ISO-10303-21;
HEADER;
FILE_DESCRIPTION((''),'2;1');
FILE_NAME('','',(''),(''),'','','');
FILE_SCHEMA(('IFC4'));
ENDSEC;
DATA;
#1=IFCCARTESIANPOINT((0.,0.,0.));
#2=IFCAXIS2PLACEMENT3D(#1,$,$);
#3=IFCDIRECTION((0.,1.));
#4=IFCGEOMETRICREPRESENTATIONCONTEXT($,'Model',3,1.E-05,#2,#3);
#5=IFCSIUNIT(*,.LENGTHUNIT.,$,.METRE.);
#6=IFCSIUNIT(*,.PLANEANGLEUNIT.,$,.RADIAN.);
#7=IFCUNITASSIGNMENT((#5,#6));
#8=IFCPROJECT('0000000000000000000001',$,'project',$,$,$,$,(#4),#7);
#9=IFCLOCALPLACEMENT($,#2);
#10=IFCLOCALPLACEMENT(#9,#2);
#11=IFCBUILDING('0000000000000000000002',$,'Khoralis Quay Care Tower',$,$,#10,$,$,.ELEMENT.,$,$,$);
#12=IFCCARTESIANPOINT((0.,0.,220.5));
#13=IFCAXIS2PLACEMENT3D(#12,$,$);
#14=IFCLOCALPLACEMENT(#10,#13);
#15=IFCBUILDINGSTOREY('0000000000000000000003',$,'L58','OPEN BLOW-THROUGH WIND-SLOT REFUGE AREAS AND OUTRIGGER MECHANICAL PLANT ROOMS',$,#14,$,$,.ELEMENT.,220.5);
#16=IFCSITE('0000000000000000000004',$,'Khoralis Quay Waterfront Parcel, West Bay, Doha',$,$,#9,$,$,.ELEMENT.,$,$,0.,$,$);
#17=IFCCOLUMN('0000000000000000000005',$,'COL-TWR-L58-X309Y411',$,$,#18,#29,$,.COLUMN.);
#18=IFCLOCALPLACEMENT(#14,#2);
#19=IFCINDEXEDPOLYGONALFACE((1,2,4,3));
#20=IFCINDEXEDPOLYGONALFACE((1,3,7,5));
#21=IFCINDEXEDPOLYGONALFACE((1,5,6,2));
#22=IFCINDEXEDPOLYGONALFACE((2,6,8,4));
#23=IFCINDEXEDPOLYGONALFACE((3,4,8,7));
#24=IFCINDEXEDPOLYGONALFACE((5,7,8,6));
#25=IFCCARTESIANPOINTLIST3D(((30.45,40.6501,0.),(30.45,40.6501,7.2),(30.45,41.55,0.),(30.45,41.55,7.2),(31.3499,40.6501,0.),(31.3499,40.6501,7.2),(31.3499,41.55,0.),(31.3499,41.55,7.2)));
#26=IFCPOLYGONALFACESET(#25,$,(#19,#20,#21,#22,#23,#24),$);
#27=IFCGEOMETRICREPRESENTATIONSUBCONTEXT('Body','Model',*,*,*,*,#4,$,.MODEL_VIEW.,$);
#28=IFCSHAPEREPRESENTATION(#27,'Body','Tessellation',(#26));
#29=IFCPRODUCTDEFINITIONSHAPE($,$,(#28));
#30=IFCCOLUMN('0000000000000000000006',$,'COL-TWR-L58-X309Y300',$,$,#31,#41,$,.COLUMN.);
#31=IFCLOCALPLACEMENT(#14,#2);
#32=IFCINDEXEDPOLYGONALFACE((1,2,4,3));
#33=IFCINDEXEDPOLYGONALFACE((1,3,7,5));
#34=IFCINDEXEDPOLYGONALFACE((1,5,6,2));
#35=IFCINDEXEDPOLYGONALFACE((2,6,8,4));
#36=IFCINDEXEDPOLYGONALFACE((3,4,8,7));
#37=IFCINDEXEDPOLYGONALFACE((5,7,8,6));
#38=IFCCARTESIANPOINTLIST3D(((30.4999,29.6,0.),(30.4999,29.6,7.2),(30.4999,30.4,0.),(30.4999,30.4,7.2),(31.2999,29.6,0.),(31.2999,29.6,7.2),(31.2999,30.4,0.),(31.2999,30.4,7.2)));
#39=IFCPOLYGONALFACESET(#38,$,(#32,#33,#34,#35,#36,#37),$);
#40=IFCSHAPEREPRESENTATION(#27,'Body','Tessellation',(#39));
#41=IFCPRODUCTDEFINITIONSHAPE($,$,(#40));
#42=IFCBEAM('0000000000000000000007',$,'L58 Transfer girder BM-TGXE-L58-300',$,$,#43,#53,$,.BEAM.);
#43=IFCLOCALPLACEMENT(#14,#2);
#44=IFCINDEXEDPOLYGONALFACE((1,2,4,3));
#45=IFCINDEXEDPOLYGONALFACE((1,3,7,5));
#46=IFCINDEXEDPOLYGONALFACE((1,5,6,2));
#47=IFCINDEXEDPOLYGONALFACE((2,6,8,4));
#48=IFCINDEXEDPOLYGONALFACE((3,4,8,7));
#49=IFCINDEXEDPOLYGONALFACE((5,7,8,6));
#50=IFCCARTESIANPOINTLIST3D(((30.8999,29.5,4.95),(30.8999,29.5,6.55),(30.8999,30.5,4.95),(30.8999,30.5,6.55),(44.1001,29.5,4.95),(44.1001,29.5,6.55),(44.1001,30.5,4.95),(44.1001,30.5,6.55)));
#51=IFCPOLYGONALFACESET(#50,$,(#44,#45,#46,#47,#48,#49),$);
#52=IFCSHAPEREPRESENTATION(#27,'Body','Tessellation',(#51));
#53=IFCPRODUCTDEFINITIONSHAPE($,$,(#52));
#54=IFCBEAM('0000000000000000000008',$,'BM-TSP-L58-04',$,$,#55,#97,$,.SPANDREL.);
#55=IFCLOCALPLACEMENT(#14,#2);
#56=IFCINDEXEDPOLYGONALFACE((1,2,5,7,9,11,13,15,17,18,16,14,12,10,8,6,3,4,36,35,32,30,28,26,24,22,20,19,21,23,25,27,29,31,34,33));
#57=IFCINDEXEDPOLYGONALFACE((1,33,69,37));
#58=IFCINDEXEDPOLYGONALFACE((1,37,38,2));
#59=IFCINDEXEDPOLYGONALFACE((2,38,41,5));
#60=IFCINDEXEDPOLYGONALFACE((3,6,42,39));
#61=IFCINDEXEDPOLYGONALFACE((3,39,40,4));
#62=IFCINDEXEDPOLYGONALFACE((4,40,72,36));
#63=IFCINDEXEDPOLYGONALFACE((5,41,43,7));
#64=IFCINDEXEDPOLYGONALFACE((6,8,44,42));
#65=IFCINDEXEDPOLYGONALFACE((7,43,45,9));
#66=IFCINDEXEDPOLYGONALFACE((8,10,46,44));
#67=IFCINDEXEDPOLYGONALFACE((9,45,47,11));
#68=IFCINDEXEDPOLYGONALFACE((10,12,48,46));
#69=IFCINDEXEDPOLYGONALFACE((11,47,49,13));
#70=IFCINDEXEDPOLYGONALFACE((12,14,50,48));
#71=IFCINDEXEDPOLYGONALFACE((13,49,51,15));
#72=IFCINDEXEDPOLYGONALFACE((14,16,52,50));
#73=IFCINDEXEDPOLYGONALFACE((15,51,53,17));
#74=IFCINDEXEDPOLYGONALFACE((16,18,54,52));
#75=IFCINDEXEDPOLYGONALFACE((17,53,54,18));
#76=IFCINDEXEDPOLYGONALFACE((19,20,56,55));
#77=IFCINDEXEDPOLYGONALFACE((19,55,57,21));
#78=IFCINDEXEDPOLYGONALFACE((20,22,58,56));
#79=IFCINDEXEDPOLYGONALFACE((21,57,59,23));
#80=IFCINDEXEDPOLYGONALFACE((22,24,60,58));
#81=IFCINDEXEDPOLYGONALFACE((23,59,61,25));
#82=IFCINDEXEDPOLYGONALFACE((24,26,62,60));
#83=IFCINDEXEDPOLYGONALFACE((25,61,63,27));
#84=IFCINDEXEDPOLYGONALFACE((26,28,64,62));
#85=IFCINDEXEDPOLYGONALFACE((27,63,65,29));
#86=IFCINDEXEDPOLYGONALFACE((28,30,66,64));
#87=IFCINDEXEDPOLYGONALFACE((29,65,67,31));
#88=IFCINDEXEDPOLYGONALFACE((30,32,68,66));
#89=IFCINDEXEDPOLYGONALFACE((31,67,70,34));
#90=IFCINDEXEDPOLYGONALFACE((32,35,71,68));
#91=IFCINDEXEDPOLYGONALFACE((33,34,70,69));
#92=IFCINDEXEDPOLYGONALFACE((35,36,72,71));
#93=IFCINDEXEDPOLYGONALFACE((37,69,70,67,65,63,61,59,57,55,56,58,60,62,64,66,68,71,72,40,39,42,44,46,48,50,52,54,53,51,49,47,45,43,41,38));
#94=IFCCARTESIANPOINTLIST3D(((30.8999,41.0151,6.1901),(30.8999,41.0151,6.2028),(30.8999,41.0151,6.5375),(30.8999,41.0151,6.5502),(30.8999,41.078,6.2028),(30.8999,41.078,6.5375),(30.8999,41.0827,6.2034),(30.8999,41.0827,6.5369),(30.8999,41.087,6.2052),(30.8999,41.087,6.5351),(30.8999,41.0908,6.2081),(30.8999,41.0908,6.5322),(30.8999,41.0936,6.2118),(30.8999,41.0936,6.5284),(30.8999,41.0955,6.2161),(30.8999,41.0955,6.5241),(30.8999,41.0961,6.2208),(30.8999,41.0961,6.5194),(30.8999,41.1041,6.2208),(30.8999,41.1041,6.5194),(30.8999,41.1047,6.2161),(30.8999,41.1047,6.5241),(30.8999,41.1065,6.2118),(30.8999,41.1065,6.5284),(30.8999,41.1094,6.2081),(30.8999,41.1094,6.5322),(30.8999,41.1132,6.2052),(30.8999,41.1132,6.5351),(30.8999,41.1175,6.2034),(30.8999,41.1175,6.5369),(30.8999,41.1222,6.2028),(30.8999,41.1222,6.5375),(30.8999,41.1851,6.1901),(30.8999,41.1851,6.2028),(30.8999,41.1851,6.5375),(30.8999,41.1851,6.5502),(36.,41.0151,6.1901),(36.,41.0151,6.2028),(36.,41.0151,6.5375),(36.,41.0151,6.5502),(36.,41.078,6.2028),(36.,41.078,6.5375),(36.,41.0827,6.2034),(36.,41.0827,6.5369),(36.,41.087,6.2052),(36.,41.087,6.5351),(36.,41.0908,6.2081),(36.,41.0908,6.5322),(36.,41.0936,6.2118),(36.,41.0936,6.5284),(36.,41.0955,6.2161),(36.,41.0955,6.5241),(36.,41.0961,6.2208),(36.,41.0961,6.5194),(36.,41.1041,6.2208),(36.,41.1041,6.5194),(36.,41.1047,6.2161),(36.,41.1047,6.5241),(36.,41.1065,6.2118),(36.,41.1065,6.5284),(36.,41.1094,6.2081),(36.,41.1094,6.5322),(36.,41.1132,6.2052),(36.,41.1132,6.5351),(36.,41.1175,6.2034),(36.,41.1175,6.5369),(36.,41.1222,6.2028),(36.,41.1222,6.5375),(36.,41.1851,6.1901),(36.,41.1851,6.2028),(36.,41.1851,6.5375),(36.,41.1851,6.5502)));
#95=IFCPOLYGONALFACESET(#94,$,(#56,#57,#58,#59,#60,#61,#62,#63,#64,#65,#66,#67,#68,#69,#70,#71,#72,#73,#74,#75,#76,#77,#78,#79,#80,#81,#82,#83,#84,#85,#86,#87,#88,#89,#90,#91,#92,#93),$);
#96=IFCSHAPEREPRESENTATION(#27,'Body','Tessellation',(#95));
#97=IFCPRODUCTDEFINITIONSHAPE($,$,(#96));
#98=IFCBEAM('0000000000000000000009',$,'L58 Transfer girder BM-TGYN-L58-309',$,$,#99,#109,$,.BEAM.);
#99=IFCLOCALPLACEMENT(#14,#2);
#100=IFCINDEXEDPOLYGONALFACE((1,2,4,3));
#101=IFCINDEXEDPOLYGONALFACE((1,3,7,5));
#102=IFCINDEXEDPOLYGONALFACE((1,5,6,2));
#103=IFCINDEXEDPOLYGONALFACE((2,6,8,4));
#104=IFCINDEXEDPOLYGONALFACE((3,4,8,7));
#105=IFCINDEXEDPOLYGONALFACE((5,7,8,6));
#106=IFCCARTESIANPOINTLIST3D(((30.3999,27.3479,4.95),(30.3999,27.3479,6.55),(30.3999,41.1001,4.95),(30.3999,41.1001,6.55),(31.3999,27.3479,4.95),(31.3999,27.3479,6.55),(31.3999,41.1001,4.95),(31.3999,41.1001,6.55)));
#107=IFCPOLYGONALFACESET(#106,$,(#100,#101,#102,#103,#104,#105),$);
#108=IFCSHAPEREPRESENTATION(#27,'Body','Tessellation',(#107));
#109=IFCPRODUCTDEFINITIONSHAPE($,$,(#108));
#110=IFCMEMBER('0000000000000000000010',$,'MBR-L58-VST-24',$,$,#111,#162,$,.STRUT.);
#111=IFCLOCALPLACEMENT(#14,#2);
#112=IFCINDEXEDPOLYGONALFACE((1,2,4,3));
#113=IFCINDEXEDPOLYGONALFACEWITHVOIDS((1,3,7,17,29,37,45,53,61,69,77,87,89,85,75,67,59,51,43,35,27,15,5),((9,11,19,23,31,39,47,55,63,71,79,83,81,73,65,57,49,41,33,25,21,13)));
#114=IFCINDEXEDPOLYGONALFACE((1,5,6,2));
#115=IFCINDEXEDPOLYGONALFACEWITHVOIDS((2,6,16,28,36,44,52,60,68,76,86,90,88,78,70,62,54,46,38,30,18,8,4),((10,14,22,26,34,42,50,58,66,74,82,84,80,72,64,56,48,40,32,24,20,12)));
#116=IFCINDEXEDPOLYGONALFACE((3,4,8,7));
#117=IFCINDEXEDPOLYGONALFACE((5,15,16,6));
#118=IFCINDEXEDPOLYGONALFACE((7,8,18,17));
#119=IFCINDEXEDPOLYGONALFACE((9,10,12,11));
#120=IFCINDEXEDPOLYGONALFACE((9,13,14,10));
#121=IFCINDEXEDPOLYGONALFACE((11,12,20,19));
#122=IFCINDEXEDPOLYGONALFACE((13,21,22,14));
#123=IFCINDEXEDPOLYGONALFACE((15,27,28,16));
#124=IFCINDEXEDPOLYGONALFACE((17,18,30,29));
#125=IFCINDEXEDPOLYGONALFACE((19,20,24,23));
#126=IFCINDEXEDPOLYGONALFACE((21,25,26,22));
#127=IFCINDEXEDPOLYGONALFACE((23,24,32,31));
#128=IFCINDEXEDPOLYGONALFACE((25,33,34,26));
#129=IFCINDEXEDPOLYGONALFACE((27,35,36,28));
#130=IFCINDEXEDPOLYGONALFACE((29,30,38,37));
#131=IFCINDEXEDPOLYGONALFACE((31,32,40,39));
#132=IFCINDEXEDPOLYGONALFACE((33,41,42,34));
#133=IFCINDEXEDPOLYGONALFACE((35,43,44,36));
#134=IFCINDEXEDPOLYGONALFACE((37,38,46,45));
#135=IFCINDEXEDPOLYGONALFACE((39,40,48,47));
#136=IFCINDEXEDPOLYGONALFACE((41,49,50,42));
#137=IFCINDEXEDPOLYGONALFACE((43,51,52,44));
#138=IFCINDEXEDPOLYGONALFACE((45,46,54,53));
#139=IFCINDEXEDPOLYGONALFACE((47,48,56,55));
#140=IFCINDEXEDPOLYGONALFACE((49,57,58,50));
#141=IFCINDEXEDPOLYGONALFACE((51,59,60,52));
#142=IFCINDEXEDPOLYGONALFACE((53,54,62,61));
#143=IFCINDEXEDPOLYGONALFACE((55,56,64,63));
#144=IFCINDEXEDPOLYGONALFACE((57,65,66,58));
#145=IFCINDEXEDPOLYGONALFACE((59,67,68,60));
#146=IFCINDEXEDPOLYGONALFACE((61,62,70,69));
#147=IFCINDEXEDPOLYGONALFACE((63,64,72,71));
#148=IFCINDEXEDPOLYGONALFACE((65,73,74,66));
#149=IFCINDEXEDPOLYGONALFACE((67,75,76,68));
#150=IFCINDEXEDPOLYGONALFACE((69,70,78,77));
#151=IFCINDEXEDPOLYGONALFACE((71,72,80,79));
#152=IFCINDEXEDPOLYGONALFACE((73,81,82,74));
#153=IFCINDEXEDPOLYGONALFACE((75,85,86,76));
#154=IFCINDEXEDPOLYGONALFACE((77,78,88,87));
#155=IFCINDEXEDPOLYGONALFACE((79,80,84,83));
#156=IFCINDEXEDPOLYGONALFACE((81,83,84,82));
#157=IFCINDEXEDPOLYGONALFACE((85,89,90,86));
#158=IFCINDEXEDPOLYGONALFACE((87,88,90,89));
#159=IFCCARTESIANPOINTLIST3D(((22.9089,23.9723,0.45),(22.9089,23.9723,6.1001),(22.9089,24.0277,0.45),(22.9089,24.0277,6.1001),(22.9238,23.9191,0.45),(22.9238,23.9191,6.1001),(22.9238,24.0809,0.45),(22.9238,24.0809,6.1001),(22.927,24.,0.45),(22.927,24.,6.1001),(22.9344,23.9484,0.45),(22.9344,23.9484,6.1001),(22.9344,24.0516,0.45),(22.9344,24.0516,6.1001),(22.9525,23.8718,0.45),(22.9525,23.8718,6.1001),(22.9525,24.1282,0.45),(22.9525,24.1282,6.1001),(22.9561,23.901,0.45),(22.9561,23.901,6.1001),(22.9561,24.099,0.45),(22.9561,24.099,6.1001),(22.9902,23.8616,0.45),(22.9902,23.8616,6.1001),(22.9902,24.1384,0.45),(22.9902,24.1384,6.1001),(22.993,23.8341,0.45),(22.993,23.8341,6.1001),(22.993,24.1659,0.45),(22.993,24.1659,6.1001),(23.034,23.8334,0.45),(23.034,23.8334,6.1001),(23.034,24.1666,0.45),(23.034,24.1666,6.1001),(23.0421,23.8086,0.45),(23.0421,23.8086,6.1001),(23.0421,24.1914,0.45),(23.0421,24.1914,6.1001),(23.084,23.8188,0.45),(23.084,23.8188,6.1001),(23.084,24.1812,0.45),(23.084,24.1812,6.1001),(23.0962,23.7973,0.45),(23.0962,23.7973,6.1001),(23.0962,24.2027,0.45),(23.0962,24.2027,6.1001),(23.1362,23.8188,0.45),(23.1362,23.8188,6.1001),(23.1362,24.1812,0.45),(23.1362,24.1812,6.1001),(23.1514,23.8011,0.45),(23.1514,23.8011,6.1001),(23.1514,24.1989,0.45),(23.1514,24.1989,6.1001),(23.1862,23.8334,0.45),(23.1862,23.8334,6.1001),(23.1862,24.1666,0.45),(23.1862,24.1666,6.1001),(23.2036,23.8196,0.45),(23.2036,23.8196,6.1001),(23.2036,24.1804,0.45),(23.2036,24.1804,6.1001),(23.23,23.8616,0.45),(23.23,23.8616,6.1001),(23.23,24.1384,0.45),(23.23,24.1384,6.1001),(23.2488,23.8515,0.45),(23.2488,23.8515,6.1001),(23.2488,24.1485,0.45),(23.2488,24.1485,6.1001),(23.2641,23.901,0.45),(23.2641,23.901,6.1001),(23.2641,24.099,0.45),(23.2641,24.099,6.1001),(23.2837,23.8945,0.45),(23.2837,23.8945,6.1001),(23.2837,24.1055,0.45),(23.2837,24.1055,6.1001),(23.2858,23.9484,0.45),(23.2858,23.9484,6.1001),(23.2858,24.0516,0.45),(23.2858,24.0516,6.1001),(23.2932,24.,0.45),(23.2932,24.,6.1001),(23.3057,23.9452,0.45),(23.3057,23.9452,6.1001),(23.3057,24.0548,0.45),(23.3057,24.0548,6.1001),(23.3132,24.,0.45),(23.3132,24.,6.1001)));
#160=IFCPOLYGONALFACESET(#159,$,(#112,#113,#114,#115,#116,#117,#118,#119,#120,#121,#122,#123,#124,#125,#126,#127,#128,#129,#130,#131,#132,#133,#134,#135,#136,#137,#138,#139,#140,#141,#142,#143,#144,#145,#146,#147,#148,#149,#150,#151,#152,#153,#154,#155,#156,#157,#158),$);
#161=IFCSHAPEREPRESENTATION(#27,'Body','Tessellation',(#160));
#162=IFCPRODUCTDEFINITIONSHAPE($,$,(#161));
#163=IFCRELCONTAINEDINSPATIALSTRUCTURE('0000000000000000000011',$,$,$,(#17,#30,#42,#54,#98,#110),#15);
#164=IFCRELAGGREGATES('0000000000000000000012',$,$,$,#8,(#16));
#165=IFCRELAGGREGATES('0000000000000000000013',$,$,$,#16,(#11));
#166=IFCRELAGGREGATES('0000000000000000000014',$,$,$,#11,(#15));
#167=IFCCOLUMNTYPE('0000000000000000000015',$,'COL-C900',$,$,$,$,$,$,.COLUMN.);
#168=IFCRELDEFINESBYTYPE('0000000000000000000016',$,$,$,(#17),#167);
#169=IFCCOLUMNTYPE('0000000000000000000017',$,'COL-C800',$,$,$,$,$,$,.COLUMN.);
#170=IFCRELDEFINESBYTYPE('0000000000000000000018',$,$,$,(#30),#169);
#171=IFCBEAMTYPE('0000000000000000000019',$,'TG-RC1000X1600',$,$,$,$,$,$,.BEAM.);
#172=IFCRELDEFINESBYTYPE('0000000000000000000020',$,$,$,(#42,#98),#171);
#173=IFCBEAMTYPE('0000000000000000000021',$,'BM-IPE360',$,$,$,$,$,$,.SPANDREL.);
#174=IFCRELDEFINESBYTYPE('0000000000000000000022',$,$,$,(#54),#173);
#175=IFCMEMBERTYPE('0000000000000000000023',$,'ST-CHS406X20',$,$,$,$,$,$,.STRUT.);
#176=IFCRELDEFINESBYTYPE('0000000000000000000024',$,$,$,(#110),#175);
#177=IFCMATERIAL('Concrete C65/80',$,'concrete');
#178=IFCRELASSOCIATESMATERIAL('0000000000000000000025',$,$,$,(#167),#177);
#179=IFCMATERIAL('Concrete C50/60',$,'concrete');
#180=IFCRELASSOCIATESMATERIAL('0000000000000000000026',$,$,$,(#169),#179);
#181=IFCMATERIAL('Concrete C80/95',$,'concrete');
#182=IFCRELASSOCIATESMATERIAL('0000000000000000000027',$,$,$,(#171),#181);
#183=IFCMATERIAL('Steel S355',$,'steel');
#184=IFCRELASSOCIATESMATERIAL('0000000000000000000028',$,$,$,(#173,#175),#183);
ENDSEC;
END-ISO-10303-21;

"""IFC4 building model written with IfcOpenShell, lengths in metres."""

from ifc_helpers import new_model, si_unit, direction, frame, origin, origin_2d, place, context, subcontext, project, spatial, rectangle, hollow_circle, i_section, extrude, source, transform, mapped, material, material_profile, profile_set, type_object, element, save


model = new_model("IFC4")

# Units and contexts
model_context = context("Model", 3, precision=1e-05, world=origin(), true_north=direction((0.0, 1.0)))
body_context = subcontext(model_context, "Body", "Model", "MODEL_VIEW")
ifc_project = project(units=[si_unit("LENGTHUNIT", "METRE"), si_unit("PLANEANGLEUNIT", "RADIAN")], contexts=[model_context])

# Site, building, storey
site_placement = place(None, origin())
site = spatial("IfcSite", under=ifc_project, at=site_placement, Name="Khoralis Quay Waterfront Parcel, West Bay, Doha", CompositionType="ELEMENT", RefElevation=0.0)
building_placement = place(site_placement, origin())
building = spatial("IfcBuilding", under=site, at=building_placement, Name="Khoralis Quay Care Tower", CompositionType="ELEMENT")
storey_placement = place(building_placement, frame((0.0, 0.0, 220.5)))
storey = spatial("IfcBuildingStorey", under=building, at=storey_placement, Name="L58", Description="OPEN BLOW-THROUGH WIND-SLOT REFUGE AREAS AND OUTRIGGER MECHANICAL PLANT ROOMS", CompositionType="ELEMENT", Elevation=220.5)

# Columns
ifc_material_1 = material(Name="Concrete C65/80", Category="concrete")
ifc_material_profile_1 = material_profile(ifc_material_1, rectangle(XDim=0.8999, YDim=0.8999, at=origin_2d()), Name="Concrete C65/80")
ifc_profile_set_1 = profile_set([ifc_material_profile_1], Name="Concrete C65/80")
column_type_1 = type_object("IfcColumnType", Name="COL-C900", PredefinedType="COLUMN", material=ifc_profile_set_1)
shared_shape_1 = source(origin(), body_context, "Body", "SweptSolid", [
    extrude(rectangle(XDim=0.8999, YDim=0.8999, at=origin_2d()), origin(), (0.0, 0.0, 1.0), 7.2),
])
column_1_placement = place(storey_placement, frame((30.8999, 41.1001, 0.0), z_axis=(0.0, 0.0, 1.0), x_axis=(1.0, 0.0, 0.0)))
element("IfcColumn", 1, at=column_1_placement, inside=storey, type_object=column_type_1, Name="COL-TWR-L58-X309Y411", PredefinedType="COLUMN", context=body_context, shape_type="MappedRepresentation", body=[
    mapped(shared_shape_1, transform((0.0, 0.0, 0.0), scale=1.0)),
])
ifc_material_2 = material(Name="Concrete C50/60", Category="concrete")
ifc_material_profile_2 = material_profile(ifc_material_2, rectangle(XDim=0.8, YDim=0.8, at=origin_2d()), Name="Concrete C50/60")
ifc_profile_set_2 = profile_set([ifc_material_profile_2], Name="Concrete C50/60")
column_type_2 = type_object("IfcColumnType", Name="COL-C800", PredefinedType="COLUMN", material=ifc_profile_set_2)
shared_shape_2 = source(origin(), body_context, "Body", "SweptSolid", [
    extrude(rectangle(XDim=0.8, YDim=0.8, at=origin_2d()), origin(), (0.0, 0.0, 1.0), 7.2),
])
column_2_placement = place(storey_placement, frame((30.8999, 30.0, 0.0), z_axis=(0.0, 0.0, 1.0), x_axis=(1.0, 0.0, 0.0)))
element("IfcColumn", 2, at=column_2_placement, inside=storey, type_object=column_type_2, Name="COL-TWR-L58-X309Y300", PredefinedType="COLUMN", context=body_context, shape_type="MappedRepresentation", body=[
    mapped(shared_shape_2, transform((0.0, 0.0, 0.0), scale=1.0)),
])

# Beams
ifc_material_3 = material(Name="Concrete C80/95", Category="concrete")
ifc_material_profile_3 = material_profile(ifc_material_3, rectangle(XDim=1.0, YDim=1.6001, at=origin_2d()), Name="Concrete C80/95")
ifc_profile_set_3 = profile_set([ifc_material_profile_3], Name="Concrete C80/95")
beam_type_1 = type_object("IfcBeamType", Name="TG-RC1000X1600", PredefinedType="BEAM", material=ifc_profile_set_3)
shared_shape_3 = source(origin(), body_context, "Body", "SweptSolid", [
    extrude(rectangle(XDim=1.0, YDim=1.6001, at=origin_2d()), origin(), (0.0, 0.0, 1.0), 13.2002),
])
beam_1_placement = place(storey_placement, frame((30.8999, 30.0, 5.75), z_axis=(1.0, 0.0, 0.0), x_axis=(0.0, 1.0, 0.0)))
element("IfcBeam", 3, at=beam_1_placement, inside=storey, type_object=beam_type_1, Name="L58 Transfer girder BM-TGXE-L58-300", PredefinedType="BEAM", context=body_context, shape_type="MappedRepresentation", body=[
    mapped(shared_shape_3, transform((0.0, 0.0, 0.0), scale=1.0)),
])
ifc_material_4 = material(Name="Steel S355", Category="steel")
ifc_material_profile_4 = material_profile(ifc_material_4, i_section(OverallWidth=0.1699, OverallDepth=0.3601, WebThickness=0.0081, FlangeThickness=0.0127, FilletRadius=0.0181, at=origin_2d()), Name="Steel S355")
ifc_profile_set_4 = profile_set([ifc_material_profile_4], Name="Steel S355")
beam_type_2 = type_object("IfcBeamType", Name="BM-IPE360", PredefinedType="SPANDREL", material=ifc_profile_set_4)
shared_shape_4 = source(origin(), body_context, "Body", "SweptSolid", [
    extrude(i_section(OverallWidth=0.1699, OverallDepth=0.3601, WebThickness=0.0081, FlangeThickness=0.0127, FilletRadius=0.0181, at=origin_2d()), origin(), (0.0, 0.0, 1.0), 5.1001),
])
beam_2_placement = place(storey_placement, frame((30.8999, 41.1001, 6.3701), z_axis=(1.0, 0.0, 0.0), x_axis=(0.0, 1.0, 0.0)))
element("IfcBeam", 4, at=beam_2_placement, inside=storey, type_object=beam_type_2, Name="BM-TSP-L58-04", PredefinedType="SPANDREL", context=body_context, shape_type="MappedRepresentation", body=[
    mapped(shared_shape_4, transform((0.0, 0.0, 0.0), scale=1.0)),
])
shared_shape_5 = source(origin(), body_context, "Body", "SweptSolid", [
    extrude(rectangle(XDim=1.0, YDim=1.6001, at=origin_2d()), origin(), (0.0, 0.0, 1.0), 13.7522),
])
beam_3_placement = place(storey_placement, frame((30.8999, 27.3479, 5.75), z_axis=(0.0, 1.0, 0.0), x_axis=(-1.0, 0.0, 0.0)))
element("IfcBeam", 5, at=beam_3_placement, inside=storey, type_object=beam_type_1, Name="L58 Transfer girder BM-TGYN-L58-309", PredefinedType="BEAM", context=body_context, shape_type="MappedRepresentation", body=[
    mapped(shared_shape_5, transform((0.0, 0.0, 0.0), scale=1.0)),
])

# Member
ifc_material_profile_5 = material_profile(ifc_material_4, hollow_circle(Radius=0.2031, WallThickness=0.02, at=origin_2d()), Name="Steel S355")
ifc_profile_set_5 = profile_set([ifc_material_profile_5], Name="Steel S355")
member_type_1 = type_object("IfcMemberType", Name="ST-CHS406X20", PredefinedType="STRUT", material=ifc_profile_set_5)
shared_shape_6 = source(origin(), body_context, "Body", "SweptSolid", [
    extrude(hollow_circle(Radius=0.2031, WallThickness=0.02, at=origin_2d()), origin(), (0.0, 0.0, 1.0), 5.6501),
])
member_1_placement = place(storey_placement, frame((23.1101, 24.0, 0.45), z_axis=(0.0, 0.0, 1.0), x_axis=(1.0, 0.0, 0.0)))
element("IfcMember", 6, at=member_1_placement, inside=storey, type_object=member_type_1, Name="MBR-L58-VST-24", PredefinedType="STRUT", context=body_context, shape_type="MappedRepresentation", body=[
    mapped(shared_shape_6, transform((0.0, 0.0, 0.0), scale=1.0)),
])

save(model, "model.ifc")
